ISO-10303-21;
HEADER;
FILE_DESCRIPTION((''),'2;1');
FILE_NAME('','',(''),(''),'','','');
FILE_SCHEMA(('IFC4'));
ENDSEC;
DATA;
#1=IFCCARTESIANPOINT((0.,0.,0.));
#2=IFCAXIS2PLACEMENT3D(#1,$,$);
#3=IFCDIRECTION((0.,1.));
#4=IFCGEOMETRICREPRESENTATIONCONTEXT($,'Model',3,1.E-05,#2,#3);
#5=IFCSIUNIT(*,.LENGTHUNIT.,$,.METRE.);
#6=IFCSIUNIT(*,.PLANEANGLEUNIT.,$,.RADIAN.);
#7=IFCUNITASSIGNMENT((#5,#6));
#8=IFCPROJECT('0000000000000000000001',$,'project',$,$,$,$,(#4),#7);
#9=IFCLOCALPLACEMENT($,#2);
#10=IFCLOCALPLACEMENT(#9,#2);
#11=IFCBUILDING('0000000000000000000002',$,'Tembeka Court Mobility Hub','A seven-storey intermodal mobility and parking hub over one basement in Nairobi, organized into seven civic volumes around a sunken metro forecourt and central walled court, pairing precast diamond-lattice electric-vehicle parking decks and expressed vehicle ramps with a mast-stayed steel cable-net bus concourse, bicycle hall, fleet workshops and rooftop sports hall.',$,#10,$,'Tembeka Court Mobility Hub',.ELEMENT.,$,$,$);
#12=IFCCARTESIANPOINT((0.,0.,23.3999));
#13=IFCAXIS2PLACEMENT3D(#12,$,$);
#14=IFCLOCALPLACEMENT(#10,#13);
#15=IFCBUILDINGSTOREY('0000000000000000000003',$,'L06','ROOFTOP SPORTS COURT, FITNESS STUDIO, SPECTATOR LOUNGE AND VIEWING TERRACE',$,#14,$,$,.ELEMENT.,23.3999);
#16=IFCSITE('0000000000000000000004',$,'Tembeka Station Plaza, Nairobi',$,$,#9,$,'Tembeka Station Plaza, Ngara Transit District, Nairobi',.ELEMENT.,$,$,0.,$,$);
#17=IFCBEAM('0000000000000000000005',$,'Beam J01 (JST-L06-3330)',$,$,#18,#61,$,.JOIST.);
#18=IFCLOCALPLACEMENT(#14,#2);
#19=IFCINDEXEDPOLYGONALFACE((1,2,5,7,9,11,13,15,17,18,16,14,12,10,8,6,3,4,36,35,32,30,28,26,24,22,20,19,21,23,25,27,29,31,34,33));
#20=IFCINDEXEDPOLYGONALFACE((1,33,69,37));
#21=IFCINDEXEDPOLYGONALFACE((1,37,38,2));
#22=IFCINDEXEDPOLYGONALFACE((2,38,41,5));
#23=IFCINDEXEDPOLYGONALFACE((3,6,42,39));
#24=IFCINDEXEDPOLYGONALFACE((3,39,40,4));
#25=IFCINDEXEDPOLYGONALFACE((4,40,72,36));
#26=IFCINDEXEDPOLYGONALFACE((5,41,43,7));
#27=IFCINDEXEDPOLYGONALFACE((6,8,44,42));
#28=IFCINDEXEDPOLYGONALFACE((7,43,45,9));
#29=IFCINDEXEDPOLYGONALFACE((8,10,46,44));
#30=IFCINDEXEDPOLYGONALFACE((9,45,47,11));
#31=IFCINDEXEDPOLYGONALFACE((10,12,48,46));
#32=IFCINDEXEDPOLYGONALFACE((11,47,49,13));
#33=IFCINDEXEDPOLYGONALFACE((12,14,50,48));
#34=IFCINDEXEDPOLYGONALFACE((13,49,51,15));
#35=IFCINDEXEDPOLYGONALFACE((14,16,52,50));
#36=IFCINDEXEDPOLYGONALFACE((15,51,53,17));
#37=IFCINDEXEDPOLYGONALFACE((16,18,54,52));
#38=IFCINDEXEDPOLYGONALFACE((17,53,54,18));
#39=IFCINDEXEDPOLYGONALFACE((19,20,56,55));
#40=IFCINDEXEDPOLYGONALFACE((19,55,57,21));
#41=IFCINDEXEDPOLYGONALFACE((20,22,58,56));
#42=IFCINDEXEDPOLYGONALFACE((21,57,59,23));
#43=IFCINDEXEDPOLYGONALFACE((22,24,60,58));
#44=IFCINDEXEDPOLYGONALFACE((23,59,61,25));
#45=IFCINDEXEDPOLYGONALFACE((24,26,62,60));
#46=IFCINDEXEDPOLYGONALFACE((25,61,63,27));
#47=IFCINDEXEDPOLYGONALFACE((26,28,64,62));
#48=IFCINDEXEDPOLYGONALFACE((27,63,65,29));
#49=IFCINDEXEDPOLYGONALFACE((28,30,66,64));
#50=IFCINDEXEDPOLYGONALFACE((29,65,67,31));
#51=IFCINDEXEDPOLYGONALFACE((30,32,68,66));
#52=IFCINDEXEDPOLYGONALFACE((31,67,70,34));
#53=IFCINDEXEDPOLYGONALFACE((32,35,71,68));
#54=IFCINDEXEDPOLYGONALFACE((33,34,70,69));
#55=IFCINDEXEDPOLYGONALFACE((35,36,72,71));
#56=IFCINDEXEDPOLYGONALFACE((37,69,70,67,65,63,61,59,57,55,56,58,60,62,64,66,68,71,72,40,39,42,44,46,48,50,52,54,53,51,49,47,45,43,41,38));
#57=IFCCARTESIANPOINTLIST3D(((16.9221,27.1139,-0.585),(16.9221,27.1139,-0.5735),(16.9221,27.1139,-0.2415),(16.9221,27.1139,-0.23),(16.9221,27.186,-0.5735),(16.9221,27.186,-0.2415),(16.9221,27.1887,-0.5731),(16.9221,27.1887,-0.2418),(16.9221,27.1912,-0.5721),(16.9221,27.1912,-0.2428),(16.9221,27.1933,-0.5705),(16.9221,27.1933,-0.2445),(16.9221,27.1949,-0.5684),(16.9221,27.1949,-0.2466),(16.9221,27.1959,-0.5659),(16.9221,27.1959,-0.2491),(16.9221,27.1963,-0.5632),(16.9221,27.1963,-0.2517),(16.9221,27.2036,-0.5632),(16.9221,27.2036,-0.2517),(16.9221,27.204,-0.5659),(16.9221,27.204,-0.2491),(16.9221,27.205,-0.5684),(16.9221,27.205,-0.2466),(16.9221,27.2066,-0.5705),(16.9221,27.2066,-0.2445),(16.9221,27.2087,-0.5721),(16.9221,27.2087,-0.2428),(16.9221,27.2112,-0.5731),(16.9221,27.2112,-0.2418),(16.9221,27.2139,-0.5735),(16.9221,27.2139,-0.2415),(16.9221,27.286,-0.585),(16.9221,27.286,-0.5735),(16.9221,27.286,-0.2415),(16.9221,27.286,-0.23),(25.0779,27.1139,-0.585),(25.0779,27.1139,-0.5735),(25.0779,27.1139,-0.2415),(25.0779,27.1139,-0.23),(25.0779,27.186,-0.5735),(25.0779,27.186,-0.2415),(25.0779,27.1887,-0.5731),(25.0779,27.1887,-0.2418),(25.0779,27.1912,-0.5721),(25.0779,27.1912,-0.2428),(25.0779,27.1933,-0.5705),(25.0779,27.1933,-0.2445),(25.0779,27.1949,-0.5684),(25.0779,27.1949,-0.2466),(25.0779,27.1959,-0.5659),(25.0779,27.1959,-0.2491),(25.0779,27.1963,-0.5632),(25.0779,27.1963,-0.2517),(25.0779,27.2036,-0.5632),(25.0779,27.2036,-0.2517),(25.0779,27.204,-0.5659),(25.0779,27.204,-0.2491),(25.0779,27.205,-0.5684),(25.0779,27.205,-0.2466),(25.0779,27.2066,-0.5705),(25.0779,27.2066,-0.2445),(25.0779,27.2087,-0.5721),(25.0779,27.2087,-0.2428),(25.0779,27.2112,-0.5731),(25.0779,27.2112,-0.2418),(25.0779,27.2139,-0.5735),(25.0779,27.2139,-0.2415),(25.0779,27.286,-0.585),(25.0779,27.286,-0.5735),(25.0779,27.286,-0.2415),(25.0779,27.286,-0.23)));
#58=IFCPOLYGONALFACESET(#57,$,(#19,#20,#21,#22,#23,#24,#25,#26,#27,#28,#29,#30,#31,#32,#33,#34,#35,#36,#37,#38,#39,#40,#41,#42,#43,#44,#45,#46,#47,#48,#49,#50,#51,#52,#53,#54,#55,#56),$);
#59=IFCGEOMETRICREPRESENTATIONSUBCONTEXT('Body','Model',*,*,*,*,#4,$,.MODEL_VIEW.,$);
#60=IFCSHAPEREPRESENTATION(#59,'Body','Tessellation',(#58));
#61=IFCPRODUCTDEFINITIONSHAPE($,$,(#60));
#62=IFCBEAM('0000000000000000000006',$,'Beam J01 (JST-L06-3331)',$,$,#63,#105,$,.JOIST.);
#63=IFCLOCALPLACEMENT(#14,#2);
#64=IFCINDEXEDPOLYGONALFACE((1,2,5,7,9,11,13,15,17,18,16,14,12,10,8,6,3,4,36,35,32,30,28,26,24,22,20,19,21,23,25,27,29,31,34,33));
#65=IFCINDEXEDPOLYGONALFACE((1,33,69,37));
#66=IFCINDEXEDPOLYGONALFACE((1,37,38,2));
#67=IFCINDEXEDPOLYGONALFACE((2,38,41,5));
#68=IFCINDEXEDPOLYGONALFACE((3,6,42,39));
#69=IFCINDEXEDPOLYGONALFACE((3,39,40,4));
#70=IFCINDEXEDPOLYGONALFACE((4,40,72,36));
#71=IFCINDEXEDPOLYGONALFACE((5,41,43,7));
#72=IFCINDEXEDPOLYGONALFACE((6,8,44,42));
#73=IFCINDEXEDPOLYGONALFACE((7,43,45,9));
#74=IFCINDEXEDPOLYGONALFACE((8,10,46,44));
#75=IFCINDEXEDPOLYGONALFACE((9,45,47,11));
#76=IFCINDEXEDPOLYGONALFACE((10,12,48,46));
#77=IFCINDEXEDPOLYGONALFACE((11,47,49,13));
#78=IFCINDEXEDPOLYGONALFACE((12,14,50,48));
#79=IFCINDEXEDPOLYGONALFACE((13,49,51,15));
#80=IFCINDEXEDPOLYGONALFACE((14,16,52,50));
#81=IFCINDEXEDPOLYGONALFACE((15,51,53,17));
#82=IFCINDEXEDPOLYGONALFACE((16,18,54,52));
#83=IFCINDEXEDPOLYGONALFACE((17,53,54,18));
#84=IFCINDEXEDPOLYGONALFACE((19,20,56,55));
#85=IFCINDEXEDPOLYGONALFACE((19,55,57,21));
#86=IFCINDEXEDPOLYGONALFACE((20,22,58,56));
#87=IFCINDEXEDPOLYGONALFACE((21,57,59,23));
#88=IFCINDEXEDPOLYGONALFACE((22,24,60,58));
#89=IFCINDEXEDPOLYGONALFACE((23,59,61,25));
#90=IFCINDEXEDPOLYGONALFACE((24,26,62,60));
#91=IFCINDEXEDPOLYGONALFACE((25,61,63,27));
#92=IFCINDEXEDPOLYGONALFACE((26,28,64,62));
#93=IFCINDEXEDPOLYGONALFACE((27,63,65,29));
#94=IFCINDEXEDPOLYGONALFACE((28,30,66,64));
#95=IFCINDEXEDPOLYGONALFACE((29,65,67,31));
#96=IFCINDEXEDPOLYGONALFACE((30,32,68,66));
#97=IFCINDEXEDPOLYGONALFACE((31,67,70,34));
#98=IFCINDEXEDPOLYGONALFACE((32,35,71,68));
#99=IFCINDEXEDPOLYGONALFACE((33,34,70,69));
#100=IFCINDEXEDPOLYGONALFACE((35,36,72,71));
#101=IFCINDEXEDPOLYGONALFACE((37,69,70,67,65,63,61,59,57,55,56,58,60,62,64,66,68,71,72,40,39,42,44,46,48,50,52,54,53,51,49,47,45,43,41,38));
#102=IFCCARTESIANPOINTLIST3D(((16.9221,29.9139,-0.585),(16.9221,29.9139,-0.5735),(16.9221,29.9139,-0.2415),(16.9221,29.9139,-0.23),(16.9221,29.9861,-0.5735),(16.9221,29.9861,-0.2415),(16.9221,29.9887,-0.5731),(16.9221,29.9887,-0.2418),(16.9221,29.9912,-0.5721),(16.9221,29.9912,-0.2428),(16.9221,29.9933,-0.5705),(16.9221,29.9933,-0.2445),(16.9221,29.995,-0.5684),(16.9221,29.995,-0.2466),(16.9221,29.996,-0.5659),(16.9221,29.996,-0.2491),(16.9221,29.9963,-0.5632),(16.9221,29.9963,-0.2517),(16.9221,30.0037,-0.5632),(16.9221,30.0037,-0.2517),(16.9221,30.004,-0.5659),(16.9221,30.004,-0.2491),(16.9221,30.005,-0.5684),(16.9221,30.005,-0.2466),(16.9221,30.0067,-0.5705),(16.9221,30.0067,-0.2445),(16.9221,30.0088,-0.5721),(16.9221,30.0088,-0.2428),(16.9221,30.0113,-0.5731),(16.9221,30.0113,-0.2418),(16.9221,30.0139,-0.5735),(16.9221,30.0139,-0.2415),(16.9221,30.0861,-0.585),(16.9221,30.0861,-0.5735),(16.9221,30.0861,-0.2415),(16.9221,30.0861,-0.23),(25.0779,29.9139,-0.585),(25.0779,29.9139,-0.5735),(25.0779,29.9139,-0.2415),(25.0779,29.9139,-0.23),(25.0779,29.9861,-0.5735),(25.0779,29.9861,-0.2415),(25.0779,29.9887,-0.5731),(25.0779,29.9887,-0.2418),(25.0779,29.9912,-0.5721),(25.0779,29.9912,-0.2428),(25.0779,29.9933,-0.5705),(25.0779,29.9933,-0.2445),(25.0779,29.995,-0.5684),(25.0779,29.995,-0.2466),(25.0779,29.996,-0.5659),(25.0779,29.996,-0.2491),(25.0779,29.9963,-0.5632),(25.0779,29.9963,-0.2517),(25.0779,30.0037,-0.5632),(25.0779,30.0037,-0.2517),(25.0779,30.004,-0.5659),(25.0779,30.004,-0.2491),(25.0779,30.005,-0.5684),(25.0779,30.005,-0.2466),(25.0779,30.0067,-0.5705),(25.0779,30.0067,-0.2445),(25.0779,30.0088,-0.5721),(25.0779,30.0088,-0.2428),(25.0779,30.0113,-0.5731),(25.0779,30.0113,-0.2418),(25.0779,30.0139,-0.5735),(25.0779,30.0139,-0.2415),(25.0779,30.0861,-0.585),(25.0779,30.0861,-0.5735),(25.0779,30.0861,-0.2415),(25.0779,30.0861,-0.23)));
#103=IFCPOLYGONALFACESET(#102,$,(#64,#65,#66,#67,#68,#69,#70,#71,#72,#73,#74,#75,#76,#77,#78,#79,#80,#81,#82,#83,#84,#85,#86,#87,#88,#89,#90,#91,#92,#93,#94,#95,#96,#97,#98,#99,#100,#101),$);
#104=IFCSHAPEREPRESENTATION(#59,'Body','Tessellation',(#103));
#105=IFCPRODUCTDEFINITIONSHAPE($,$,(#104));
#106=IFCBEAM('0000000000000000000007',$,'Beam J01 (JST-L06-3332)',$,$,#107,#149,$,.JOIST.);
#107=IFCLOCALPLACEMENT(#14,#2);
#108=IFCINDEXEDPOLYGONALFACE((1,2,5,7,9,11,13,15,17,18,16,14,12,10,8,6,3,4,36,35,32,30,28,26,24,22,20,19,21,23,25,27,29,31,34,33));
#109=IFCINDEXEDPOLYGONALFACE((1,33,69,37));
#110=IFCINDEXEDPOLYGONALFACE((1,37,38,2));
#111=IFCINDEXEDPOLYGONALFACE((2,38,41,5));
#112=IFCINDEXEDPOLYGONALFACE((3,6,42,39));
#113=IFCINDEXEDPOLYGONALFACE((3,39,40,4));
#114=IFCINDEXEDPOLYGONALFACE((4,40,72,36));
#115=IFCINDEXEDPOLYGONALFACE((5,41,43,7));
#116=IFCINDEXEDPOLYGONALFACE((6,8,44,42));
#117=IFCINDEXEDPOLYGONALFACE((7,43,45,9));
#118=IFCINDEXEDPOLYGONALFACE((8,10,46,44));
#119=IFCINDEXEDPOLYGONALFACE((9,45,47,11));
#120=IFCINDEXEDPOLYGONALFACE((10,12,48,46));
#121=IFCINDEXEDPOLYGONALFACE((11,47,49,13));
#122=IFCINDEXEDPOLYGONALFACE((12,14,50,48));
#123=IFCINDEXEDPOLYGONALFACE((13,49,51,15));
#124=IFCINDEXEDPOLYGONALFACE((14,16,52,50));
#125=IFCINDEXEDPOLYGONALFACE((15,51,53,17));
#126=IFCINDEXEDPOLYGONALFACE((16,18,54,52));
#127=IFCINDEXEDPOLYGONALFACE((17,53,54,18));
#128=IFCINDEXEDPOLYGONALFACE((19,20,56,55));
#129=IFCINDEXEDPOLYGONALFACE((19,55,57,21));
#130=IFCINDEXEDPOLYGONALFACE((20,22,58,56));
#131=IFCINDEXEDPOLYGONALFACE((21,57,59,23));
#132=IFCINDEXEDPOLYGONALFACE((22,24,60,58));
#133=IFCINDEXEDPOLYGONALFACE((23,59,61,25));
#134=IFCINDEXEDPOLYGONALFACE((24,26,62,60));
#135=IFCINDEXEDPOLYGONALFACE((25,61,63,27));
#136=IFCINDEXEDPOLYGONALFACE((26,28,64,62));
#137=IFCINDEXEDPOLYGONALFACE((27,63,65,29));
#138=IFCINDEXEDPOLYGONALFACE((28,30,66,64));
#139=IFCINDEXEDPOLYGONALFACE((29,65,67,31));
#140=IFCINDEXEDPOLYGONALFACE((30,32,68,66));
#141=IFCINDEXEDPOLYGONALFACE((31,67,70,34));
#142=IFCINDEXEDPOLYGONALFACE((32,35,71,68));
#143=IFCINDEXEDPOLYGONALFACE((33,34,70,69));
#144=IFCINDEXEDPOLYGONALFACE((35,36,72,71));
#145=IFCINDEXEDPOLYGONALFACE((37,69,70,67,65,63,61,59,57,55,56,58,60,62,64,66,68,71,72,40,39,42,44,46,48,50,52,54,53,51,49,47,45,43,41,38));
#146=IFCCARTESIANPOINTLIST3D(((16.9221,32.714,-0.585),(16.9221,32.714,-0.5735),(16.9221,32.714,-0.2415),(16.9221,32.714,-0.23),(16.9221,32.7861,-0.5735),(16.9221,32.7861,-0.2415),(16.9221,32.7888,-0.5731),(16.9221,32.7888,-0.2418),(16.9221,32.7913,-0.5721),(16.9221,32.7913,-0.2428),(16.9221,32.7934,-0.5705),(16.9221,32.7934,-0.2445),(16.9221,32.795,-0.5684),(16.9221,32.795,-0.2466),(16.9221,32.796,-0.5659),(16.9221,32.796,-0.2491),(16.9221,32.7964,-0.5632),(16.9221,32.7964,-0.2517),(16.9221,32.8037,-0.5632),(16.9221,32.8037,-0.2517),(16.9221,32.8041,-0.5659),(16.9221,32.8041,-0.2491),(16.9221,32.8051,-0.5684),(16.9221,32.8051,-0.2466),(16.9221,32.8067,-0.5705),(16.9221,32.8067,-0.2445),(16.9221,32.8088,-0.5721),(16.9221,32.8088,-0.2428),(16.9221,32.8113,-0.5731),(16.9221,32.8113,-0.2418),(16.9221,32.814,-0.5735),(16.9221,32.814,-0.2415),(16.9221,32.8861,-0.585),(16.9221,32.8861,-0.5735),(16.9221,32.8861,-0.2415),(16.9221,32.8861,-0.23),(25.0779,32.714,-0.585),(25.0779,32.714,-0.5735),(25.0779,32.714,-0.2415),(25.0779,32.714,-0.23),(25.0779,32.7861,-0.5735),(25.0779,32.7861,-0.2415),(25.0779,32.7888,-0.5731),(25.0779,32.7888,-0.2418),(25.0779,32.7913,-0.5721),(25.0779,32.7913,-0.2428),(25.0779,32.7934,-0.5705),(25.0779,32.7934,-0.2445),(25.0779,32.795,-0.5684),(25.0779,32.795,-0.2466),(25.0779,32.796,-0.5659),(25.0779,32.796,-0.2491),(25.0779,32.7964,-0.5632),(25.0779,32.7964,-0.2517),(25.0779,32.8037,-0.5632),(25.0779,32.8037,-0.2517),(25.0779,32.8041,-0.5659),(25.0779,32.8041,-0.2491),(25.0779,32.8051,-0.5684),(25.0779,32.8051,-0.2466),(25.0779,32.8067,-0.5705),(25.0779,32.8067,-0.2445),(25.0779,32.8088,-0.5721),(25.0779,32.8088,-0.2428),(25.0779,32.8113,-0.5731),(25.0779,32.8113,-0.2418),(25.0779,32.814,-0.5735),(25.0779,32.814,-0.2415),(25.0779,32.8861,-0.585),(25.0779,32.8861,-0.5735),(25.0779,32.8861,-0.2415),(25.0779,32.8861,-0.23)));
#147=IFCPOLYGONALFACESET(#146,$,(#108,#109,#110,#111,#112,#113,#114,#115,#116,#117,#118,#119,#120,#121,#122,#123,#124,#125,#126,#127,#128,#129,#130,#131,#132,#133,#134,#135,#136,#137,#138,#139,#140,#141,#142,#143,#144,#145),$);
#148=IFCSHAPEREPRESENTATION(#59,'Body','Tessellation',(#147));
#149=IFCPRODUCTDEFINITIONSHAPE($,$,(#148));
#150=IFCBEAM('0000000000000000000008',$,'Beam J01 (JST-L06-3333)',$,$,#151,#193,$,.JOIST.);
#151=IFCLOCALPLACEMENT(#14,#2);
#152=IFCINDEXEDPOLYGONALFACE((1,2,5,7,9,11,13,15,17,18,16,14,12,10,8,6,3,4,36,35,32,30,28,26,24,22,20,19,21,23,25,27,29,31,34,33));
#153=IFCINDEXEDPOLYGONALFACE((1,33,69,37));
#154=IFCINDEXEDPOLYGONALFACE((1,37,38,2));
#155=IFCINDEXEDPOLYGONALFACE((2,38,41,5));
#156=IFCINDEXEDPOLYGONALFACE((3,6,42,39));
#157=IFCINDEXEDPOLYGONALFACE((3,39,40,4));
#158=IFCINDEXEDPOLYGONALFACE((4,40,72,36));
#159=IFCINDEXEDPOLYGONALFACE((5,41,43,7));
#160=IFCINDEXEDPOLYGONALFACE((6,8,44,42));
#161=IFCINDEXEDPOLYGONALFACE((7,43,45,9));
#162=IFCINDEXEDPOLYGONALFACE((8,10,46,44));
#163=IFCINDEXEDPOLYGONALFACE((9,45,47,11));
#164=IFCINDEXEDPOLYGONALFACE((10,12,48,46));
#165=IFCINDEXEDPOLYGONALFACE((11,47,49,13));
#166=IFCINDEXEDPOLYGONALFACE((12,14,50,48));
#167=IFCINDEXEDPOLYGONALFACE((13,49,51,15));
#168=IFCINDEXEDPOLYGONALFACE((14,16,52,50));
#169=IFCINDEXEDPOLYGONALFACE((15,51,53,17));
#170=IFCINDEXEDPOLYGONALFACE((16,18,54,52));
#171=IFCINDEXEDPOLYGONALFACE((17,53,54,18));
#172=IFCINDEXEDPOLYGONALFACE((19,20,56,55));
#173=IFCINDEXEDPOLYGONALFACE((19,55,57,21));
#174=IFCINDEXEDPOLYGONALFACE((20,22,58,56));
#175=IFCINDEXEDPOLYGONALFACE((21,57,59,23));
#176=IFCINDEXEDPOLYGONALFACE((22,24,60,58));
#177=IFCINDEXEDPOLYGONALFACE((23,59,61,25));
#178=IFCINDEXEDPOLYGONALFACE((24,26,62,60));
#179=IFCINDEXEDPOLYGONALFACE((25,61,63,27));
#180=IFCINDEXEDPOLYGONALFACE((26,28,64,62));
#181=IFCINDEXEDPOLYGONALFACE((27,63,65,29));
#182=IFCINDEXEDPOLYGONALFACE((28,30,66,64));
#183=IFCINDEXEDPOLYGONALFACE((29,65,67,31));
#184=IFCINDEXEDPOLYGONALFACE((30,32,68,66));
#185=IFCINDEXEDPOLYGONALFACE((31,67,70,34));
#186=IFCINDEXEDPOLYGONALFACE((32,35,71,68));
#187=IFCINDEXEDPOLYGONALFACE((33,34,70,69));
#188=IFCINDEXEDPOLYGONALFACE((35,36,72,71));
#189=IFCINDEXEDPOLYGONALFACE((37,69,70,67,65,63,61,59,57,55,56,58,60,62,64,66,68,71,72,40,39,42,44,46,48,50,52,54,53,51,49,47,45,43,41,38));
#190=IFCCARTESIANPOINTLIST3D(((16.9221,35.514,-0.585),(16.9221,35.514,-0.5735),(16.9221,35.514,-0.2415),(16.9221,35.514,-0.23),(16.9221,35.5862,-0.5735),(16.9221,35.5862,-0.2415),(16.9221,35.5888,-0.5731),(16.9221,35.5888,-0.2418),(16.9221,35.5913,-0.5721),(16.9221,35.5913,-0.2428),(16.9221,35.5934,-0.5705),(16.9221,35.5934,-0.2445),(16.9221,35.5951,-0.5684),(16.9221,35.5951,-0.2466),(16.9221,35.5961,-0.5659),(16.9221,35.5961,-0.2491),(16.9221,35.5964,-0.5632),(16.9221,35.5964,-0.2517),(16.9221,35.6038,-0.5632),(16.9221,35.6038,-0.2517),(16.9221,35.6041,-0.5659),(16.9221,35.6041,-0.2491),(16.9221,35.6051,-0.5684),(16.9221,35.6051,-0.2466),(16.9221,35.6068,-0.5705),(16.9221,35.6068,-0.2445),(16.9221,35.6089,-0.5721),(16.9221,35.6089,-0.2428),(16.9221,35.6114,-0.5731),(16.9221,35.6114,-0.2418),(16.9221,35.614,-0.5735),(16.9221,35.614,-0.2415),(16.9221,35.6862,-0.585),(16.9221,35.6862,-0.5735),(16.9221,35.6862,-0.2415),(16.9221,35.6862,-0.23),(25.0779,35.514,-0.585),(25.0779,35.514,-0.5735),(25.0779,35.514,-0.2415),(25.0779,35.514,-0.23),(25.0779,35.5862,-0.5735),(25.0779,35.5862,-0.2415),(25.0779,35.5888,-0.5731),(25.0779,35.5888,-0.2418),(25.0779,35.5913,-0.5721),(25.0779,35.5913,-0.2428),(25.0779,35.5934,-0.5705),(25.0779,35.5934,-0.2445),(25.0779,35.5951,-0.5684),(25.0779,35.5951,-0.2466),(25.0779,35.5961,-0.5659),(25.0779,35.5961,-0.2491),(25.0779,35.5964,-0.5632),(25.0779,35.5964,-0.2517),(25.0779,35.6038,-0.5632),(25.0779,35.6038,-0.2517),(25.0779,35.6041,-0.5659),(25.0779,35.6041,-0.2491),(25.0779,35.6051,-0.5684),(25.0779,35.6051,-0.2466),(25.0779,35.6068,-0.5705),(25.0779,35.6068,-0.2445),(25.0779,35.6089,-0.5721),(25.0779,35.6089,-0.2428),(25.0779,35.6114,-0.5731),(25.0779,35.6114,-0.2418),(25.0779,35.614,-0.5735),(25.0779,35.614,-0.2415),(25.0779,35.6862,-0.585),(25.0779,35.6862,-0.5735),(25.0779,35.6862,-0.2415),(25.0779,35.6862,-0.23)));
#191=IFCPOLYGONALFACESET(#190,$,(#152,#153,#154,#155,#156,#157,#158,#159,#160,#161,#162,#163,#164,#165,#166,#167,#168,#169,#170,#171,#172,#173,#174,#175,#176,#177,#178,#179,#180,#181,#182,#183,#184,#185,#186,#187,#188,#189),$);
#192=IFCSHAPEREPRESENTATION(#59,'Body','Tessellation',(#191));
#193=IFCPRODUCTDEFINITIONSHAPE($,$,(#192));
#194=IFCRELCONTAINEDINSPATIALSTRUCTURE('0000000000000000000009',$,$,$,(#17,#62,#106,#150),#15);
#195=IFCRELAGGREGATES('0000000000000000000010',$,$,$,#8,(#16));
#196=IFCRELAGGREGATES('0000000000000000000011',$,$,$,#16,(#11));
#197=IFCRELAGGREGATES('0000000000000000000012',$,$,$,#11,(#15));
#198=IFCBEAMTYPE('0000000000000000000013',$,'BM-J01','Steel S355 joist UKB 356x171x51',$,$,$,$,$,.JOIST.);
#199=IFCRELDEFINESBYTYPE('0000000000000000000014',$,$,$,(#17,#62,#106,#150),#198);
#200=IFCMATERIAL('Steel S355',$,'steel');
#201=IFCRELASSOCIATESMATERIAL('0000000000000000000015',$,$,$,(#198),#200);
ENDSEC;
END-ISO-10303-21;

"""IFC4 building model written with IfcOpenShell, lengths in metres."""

from ifc_helpers import new_model, si_unit, direction, frame, origin, origin_2d, place, context, subcontext, project, spatial, i_section, extrude, material, material_profile, profile_set, type_object, element, save


model = new_model("IFC4")

# Units and contexts
model_context = context("Model", 3, precision=1e-05, world=origin(), true_north=direction((0.0, 1.0)))
body_context = subcontext(model_context, "Body", "Model", "MODEL_VIEW")
ifc_project = project(units=[si_unit("LENGTHUNIT", "METRE"), si_unit("PLANEANGLEUNIT", "RADIAN")], contexts=[model_context])

# Site, building, storey
site_placement = place(None, origin())
site = spatial("IfcSite", under=ifc_project, at=site_placement, Name="Tembeka Station Plaza, Nairobi", LongName="Tembeka Station Plaza, Ngara Transit District, Nairobi", CompositionType="ELEMENT", RefElevation=0.0)
building_placement = place(site_placement, origin())
building = spatial("IfcBuilding", under=site, at=building_placement, Name="Tembeka Court Mobility Hub", Description="A seven-storey intermodal mobility and parking hub over one basement in Nairobi, organized into seven civic volumes around a sunken metro forecourt and central walled court, pairing precast diamond-lattice electric-vehicle parking decks and expressed vehicle ramps with a mast-stayed steel cable-net bus concourse, bicycle hall, fleet workshops and rooftop sports hall.", LongName="Tembeka Court Mobility Hub", CompositionType="ELEMENT")
storey_placement = place(building_placement, frame((0.0, 0.0, 23.3999)))
storey = spatial("IfcBuildingStorey", under=building, at=storey_placement, Name="L06", Description="ROOFTOP SPORTS COURT, FITNESS STUDIO, SPECTATOR LOUNGE AND VIEWING TERRACE", CompositionType="ELEMENT", Elevation=23.3999)

# Shared definitions
ifc_material_1 = material(Name="Steel S355", Category="steel")

# Beams
ifc_material_profile_1 = material_profile(ifc_material_1, i_section(OverallWidth=0.1721, OverallDepth=0.355, WebThickness=0.0073, FlangeThickness=0.0115, FilletRadius=0.0103, at=origin_2d()), Name="UKB 356x171x51")
ifc_profile_set_1 = profile_set([ifc_material_profile_1], Name="Steel S355")
beam_type_1 = type_object("IfcBeamType", Name="BM-J01", Description="Steel S355 joist UKB 356x171x51", PredefinedType="JOIST", material=ifc_profile_set_1)
for number, where, z_axis, x_axis, name in (
    (1, (16.9221, 27.2, -0.4075), (1.0, 0.0, 0.0), (0.0, 1.0, 0.0), "Beam J01 (JST-L06-3330)"),
    (2, (16.9221, 30.0, -0.4075), (1.0, 0.0, 0.0), (0.0, 1.0, 0.0), "Beam J01 (JST-L06-3331)"),
    (3, (16.9221, 32.8, -0.4075), (1.0, 0.0, 0.0), (0.0, 1.0, 0.0), "Beam J01 (JST-L06-3332)"),
    (4, (16.9221, 35.6001, -0.4075), (1.0, 0.0, 0.0), (0.0, 1.0, 0.0), "Beam J01 (JST-L06-3333)"),
):
    element("IfcBeam", number, at=place(storey_placement, frame(where, z_axis=z_axis, x_axis=x_axis)), inside=storey, type_object=beam_type_1, Name=name, PredefinedType="JOIST", context=body_context, shape_type="SweptSolid", body=[
        extrude(i_section(OverallWidth=0.1721, OverallDepth=0.355, WebThickness=0.0073, FlangeThickness=0.0115, FilletRadius=0.0103, at=origin_2d()), origin(), (0.0, 0.0, 1.0), 8.1558),
    ])

save(model, "model.ifc")
